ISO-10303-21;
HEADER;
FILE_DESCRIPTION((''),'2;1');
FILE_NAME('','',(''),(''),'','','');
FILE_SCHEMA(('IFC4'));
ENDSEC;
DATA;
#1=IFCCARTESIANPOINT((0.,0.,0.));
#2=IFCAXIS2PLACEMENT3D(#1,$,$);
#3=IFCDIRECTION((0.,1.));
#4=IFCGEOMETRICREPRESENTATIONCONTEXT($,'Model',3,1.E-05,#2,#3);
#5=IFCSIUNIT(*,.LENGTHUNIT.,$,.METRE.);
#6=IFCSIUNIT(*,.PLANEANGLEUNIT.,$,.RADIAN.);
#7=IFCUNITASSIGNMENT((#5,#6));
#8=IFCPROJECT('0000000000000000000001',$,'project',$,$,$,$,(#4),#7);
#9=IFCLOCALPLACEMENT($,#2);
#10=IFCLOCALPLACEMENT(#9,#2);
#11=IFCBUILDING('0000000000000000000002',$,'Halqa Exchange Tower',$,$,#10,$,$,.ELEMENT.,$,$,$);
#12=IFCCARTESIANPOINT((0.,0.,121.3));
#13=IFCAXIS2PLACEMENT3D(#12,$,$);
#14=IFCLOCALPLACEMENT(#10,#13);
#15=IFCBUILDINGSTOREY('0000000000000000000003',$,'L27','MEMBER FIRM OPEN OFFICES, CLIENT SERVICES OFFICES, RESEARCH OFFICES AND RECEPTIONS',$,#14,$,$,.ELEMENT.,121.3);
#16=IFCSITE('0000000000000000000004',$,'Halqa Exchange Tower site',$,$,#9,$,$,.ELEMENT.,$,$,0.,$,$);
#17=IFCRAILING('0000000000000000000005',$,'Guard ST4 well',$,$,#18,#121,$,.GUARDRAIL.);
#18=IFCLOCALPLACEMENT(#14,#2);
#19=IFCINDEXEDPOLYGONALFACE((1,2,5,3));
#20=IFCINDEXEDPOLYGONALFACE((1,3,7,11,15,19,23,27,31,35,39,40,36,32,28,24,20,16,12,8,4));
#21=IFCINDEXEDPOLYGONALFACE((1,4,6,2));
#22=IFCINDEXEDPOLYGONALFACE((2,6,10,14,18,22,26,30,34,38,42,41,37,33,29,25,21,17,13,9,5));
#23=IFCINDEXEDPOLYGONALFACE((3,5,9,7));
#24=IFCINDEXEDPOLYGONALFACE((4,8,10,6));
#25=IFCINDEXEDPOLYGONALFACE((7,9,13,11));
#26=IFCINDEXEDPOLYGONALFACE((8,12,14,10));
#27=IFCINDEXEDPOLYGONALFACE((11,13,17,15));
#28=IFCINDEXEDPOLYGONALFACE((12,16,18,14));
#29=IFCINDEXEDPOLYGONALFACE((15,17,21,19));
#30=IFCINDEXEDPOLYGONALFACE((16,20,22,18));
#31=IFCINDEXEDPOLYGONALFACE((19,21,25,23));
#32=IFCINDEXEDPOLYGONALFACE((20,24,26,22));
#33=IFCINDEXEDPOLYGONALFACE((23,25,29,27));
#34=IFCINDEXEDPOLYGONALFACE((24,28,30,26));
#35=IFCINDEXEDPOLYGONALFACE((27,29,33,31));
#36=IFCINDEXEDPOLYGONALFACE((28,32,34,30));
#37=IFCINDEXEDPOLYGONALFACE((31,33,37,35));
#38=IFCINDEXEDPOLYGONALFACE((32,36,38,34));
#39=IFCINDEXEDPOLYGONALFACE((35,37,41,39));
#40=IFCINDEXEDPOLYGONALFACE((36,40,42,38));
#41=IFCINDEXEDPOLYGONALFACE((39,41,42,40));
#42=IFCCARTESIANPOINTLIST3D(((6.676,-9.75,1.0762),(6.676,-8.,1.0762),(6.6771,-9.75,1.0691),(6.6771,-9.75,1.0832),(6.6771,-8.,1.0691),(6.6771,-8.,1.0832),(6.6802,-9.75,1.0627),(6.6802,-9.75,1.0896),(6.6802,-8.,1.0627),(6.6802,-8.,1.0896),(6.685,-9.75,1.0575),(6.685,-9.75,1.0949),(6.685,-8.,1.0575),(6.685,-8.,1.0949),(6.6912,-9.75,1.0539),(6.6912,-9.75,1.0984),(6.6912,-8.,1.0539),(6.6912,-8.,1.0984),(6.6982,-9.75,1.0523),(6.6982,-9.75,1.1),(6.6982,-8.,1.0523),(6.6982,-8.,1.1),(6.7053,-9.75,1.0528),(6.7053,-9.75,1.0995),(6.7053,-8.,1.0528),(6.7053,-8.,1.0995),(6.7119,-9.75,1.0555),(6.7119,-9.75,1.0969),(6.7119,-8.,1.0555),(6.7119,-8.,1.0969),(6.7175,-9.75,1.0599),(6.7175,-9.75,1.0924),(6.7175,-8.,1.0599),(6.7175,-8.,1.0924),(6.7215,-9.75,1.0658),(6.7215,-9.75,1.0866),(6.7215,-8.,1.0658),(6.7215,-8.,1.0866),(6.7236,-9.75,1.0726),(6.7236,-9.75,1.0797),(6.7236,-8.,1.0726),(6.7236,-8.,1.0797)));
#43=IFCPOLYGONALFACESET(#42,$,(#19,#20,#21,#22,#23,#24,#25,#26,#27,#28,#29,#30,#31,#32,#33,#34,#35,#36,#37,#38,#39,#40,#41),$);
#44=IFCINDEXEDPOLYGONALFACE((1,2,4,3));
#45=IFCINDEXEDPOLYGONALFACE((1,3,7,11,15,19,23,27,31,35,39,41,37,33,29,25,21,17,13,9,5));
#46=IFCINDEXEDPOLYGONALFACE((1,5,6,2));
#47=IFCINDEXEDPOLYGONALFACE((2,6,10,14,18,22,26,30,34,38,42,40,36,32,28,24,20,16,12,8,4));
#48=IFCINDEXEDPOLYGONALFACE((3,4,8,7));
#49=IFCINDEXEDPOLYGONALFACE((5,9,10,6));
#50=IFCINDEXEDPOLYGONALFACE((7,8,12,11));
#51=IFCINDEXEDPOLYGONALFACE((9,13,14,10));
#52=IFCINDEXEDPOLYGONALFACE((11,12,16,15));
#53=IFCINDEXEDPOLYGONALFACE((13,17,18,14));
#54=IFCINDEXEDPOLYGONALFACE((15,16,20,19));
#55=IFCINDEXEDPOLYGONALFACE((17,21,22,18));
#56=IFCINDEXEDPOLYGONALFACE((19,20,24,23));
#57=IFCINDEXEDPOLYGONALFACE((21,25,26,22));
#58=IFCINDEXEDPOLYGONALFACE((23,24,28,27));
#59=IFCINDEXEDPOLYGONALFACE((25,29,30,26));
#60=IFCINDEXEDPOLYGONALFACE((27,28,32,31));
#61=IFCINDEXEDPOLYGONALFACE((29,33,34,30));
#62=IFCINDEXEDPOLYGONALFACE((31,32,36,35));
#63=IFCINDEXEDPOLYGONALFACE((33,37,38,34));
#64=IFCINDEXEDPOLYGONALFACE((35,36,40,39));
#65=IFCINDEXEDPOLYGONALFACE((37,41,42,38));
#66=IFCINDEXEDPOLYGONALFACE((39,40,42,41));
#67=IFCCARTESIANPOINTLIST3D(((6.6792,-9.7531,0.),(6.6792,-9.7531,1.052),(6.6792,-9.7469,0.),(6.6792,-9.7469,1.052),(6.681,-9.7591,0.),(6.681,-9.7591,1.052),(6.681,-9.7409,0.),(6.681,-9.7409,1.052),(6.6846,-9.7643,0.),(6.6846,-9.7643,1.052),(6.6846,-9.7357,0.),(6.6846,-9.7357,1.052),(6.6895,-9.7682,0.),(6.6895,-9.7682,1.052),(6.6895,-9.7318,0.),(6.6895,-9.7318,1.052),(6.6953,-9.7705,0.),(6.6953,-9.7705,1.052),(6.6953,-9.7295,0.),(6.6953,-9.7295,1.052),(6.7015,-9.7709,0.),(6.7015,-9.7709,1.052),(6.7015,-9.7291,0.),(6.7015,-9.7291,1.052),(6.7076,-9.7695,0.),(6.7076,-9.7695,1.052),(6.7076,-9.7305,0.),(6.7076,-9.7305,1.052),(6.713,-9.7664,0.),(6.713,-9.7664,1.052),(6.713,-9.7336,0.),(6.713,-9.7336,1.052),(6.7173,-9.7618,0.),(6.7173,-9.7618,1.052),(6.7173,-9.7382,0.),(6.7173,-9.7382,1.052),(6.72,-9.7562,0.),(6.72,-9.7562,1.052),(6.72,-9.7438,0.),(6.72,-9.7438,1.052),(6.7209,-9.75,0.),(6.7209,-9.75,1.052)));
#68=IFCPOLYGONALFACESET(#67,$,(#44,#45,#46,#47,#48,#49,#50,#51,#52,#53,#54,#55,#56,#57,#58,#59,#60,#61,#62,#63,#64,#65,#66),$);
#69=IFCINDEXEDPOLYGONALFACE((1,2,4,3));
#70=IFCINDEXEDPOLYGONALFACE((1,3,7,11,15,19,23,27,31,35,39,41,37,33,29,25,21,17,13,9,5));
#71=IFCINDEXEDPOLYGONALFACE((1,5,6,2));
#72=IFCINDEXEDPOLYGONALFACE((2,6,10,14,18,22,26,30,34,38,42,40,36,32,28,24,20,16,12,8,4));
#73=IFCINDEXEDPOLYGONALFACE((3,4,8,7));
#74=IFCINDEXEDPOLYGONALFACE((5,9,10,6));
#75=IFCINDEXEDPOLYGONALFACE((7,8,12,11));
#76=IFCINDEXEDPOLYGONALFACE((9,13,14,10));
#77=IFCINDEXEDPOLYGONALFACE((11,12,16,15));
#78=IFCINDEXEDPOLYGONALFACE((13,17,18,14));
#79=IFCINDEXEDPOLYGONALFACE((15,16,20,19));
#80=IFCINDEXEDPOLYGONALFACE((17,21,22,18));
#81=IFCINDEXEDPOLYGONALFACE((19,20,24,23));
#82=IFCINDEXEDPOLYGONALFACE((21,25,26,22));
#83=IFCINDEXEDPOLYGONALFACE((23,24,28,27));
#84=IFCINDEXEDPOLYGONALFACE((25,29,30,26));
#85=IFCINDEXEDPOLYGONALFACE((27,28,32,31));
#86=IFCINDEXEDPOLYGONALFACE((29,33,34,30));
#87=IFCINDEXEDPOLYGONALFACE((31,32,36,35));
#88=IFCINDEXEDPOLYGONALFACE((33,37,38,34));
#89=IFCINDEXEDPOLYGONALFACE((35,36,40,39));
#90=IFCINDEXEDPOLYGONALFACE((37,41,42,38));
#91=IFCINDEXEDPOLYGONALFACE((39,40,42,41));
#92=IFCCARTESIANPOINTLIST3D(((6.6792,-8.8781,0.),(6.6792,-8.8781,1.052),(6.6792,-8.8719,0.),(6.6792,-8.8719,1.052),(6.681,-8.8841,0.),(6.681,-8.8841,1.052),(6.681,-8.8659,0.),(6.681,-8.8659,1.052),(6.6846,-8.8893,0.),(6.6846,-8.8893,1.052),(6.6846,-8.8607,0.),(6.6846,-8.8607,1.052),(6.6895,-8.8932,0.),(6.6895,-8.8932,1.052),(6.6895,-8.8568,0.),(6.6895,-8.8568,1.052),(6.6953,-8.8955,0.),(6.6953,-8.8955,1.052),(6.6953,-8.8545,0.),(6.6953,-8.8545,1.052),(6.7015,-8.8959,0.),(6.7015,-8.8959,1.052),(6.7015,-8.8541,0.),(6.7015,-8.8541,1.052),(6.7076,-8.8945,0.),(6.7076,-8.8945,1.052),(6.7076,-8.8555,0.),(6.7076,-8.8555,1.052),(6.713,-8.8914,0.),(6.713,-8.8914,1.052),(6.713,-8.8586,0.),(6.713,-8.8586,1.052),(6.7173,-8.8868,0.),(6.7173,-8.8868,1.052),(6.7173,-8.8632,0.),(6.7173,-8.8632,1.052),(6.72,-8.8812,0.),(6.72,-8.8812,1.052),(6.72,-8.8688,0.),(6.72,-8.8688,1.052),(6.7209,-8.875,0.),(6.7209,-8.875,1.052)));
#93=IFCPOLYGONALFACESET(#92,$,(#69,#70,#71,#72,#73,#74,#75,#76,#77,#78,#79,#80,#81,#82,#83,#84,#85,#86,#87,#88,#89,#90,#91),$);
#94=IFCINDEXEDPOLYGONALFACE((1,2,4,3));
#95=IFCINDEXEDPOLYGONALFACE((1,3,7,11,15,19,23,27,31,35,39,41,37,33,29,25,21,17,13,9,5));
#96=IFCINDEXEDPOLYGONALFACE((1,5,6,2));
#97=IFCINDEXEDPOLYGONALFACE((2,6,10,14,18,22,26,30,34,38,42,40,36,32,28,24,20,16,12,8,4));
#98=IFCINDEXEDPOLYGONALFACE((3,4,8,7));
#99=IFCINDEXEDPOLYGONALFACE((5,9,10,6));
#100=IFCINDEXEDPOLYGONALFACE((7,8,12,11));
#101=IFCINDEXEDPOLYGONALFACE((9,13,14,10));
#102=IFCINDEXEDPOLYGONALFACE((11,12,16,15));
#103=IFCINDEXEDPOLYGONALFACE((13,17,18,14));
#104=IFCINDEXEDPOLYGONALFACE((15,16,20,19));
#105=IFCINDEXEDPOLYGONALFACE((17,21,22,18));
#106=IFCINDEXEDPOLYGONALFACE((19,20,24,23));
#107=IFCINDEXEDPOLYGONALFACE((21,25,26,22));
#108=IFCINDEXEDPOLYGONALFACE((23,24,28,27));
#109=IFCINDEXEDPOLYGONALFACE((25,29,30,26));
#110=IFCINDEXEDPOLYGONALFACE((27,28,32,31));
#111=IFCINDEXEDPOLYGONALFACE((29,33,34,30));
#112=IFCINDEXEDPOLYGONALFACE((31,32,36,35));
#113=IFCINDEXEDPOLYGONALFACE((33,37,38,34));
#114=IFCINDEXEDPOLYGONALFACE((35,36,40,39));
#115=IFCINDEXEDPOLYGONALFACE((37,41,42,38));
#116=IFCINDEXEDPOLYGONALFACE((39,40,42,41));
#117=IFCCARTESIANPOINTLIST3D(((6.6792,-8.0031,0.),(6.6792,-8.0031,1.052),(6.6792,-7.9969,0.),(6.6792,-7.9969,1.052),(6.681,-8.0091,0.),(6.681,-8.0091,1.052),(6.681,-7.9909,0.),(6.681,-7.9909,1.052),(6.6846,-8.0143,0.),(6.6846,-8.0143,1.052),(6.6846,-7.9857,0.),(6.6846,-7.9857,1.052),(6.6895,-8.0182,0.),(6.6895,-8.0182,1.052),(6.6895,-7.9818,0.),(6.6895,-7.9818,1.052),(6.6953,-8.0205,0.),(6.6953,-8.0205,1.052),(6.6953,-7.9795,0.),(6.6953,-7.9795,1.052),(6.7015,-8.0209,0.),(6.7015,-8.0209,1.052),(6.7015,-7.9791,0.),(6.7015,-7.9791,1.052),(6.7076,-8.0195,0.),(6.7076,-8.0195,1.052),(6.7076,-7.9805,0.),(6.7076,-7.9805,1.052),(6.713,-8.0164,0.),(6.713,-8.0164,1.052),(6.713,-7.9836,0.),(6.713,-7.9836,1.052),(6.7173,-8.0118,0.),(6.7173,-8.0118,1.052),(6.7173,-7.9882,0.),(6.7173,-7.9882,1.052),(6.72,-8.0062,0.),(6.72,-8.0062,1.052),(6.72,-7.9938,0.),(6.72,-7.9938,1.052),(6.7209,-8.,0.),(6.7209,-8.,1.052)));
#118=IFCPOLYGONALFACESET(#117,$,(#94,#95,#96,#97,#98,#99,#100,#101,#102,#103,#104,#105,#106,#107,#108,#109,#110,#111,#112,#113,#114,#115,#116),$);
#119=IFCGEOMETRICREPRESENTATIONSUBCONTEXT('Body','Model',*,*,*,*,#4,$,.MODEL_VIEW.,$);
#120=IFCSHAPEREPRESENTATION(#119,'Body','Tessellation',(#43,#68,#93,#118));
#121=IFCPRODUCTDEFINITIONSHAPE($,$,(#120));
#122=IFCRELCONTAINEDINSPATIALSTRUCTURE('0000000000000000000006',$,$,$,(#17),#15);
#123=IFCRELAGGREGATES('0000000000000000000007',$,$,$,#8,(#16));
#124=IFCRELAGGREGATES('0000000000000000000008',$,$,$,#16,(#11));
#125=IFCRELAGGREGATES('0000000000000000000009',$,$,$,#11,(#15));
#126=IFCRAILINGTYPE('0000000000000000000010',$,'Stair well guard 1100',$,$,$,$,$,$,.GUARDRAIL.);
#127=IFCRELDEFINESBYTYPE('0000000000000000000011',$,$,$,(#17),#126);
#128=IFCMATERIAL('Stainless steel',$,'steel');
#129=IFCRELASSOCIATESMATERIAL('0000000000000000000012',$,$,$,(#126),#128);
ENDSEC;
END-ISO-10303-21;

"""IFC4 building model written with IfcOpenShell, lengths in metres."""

from ifc_helpers import new_model, si_unit, direction, frame, origin, origin_2d, place, context, subcontext, project, spatial, circle, extrude, material, type_object, element, save


model = new_model("IFC4")

# Units and contexts
model_context = context("Model", 3, precision=1e-05, world=origin(), true_north=direction((0.0, 1.0)))
body_context = subcontext(model_context, "Body", "Model", "MODEL_VIEW")
ifc_project = project(units=[si_unit("LENGTHUNIT", "METRE"), si_unit("PLANEANGLEUNIT", "RADIAN")], contexts=[model_context])

# Site, building, storey
site_placement = place(None, origin())
site = spatial("IfcSite", under=ifc_project, at=site_placement, Name="Halqa Exchange Tower site", CompositionType="ELEMENT", RefElevation=0.0)
building_placement = place(site_placement, origin())
building = spatial("IfcBuilding", under=site, at=building_placement, Name="Halqa Exchange Tower", CompositionType="ELEMENT")
storey_placement = place(building_placement, frame((0.0, 0.0, 121.3)))
storey = spatial("IfcBuildingStorey", under=building, at=storey_placement, Name="L27", Description="MEMBER FIRM OPEN OFFICES, CLIENT SERVICES OFFICES, RESEARCH OFFICES AND RECEPTIONS", CompositionType="ELEMENT", Elevation=121.3)

# Railing
ifc_material_1 = material(Name="Stainless steel", Category="steel")
railing_type_1 = type_object("IfcRailingType", Name="Stair well guard 1100", PredefinedType="GUARDRAIL", material=ifc_material_1)
railing_1_placement = place(storey_placement, frame((6.7, -9.75, 0.0)))
element("IfcRailing", 1, at=railing_1_placement, inside=storey, type_object=railing_type_1, Name="Guard ST4 well", PredefinedType="GUARDRAIL", context=body_context, shape_type="SweptSolid", body=[
    extrude(circle(Radius=0.0239, at=origin_2d()), frame((0.0, 0.0, 1.0762), z_axis=(0.0, 1.0, 0.0), x_axis=(-1.0, 0.0, 0.0)), (0.0, 0.0, 1.0), 1.75),
    extrude(circle(Radius=0.021, at=origin_2d()), origin(), (0.0, 0.0, 1.0), 1.052),
    extrude(circle(Radius=0.021, at=origin_2d()), frame((0.0, 0.875, 0.0)), (0.0, 0.0, 1.0), 1.052),
    extrude(circle(Radius=0.021, at=origin_2d()), frame((0.0, 1.75, 0.0)), (0.0, 0.0, 1.0), 1.052),
])

save(model, "model.ifc")
